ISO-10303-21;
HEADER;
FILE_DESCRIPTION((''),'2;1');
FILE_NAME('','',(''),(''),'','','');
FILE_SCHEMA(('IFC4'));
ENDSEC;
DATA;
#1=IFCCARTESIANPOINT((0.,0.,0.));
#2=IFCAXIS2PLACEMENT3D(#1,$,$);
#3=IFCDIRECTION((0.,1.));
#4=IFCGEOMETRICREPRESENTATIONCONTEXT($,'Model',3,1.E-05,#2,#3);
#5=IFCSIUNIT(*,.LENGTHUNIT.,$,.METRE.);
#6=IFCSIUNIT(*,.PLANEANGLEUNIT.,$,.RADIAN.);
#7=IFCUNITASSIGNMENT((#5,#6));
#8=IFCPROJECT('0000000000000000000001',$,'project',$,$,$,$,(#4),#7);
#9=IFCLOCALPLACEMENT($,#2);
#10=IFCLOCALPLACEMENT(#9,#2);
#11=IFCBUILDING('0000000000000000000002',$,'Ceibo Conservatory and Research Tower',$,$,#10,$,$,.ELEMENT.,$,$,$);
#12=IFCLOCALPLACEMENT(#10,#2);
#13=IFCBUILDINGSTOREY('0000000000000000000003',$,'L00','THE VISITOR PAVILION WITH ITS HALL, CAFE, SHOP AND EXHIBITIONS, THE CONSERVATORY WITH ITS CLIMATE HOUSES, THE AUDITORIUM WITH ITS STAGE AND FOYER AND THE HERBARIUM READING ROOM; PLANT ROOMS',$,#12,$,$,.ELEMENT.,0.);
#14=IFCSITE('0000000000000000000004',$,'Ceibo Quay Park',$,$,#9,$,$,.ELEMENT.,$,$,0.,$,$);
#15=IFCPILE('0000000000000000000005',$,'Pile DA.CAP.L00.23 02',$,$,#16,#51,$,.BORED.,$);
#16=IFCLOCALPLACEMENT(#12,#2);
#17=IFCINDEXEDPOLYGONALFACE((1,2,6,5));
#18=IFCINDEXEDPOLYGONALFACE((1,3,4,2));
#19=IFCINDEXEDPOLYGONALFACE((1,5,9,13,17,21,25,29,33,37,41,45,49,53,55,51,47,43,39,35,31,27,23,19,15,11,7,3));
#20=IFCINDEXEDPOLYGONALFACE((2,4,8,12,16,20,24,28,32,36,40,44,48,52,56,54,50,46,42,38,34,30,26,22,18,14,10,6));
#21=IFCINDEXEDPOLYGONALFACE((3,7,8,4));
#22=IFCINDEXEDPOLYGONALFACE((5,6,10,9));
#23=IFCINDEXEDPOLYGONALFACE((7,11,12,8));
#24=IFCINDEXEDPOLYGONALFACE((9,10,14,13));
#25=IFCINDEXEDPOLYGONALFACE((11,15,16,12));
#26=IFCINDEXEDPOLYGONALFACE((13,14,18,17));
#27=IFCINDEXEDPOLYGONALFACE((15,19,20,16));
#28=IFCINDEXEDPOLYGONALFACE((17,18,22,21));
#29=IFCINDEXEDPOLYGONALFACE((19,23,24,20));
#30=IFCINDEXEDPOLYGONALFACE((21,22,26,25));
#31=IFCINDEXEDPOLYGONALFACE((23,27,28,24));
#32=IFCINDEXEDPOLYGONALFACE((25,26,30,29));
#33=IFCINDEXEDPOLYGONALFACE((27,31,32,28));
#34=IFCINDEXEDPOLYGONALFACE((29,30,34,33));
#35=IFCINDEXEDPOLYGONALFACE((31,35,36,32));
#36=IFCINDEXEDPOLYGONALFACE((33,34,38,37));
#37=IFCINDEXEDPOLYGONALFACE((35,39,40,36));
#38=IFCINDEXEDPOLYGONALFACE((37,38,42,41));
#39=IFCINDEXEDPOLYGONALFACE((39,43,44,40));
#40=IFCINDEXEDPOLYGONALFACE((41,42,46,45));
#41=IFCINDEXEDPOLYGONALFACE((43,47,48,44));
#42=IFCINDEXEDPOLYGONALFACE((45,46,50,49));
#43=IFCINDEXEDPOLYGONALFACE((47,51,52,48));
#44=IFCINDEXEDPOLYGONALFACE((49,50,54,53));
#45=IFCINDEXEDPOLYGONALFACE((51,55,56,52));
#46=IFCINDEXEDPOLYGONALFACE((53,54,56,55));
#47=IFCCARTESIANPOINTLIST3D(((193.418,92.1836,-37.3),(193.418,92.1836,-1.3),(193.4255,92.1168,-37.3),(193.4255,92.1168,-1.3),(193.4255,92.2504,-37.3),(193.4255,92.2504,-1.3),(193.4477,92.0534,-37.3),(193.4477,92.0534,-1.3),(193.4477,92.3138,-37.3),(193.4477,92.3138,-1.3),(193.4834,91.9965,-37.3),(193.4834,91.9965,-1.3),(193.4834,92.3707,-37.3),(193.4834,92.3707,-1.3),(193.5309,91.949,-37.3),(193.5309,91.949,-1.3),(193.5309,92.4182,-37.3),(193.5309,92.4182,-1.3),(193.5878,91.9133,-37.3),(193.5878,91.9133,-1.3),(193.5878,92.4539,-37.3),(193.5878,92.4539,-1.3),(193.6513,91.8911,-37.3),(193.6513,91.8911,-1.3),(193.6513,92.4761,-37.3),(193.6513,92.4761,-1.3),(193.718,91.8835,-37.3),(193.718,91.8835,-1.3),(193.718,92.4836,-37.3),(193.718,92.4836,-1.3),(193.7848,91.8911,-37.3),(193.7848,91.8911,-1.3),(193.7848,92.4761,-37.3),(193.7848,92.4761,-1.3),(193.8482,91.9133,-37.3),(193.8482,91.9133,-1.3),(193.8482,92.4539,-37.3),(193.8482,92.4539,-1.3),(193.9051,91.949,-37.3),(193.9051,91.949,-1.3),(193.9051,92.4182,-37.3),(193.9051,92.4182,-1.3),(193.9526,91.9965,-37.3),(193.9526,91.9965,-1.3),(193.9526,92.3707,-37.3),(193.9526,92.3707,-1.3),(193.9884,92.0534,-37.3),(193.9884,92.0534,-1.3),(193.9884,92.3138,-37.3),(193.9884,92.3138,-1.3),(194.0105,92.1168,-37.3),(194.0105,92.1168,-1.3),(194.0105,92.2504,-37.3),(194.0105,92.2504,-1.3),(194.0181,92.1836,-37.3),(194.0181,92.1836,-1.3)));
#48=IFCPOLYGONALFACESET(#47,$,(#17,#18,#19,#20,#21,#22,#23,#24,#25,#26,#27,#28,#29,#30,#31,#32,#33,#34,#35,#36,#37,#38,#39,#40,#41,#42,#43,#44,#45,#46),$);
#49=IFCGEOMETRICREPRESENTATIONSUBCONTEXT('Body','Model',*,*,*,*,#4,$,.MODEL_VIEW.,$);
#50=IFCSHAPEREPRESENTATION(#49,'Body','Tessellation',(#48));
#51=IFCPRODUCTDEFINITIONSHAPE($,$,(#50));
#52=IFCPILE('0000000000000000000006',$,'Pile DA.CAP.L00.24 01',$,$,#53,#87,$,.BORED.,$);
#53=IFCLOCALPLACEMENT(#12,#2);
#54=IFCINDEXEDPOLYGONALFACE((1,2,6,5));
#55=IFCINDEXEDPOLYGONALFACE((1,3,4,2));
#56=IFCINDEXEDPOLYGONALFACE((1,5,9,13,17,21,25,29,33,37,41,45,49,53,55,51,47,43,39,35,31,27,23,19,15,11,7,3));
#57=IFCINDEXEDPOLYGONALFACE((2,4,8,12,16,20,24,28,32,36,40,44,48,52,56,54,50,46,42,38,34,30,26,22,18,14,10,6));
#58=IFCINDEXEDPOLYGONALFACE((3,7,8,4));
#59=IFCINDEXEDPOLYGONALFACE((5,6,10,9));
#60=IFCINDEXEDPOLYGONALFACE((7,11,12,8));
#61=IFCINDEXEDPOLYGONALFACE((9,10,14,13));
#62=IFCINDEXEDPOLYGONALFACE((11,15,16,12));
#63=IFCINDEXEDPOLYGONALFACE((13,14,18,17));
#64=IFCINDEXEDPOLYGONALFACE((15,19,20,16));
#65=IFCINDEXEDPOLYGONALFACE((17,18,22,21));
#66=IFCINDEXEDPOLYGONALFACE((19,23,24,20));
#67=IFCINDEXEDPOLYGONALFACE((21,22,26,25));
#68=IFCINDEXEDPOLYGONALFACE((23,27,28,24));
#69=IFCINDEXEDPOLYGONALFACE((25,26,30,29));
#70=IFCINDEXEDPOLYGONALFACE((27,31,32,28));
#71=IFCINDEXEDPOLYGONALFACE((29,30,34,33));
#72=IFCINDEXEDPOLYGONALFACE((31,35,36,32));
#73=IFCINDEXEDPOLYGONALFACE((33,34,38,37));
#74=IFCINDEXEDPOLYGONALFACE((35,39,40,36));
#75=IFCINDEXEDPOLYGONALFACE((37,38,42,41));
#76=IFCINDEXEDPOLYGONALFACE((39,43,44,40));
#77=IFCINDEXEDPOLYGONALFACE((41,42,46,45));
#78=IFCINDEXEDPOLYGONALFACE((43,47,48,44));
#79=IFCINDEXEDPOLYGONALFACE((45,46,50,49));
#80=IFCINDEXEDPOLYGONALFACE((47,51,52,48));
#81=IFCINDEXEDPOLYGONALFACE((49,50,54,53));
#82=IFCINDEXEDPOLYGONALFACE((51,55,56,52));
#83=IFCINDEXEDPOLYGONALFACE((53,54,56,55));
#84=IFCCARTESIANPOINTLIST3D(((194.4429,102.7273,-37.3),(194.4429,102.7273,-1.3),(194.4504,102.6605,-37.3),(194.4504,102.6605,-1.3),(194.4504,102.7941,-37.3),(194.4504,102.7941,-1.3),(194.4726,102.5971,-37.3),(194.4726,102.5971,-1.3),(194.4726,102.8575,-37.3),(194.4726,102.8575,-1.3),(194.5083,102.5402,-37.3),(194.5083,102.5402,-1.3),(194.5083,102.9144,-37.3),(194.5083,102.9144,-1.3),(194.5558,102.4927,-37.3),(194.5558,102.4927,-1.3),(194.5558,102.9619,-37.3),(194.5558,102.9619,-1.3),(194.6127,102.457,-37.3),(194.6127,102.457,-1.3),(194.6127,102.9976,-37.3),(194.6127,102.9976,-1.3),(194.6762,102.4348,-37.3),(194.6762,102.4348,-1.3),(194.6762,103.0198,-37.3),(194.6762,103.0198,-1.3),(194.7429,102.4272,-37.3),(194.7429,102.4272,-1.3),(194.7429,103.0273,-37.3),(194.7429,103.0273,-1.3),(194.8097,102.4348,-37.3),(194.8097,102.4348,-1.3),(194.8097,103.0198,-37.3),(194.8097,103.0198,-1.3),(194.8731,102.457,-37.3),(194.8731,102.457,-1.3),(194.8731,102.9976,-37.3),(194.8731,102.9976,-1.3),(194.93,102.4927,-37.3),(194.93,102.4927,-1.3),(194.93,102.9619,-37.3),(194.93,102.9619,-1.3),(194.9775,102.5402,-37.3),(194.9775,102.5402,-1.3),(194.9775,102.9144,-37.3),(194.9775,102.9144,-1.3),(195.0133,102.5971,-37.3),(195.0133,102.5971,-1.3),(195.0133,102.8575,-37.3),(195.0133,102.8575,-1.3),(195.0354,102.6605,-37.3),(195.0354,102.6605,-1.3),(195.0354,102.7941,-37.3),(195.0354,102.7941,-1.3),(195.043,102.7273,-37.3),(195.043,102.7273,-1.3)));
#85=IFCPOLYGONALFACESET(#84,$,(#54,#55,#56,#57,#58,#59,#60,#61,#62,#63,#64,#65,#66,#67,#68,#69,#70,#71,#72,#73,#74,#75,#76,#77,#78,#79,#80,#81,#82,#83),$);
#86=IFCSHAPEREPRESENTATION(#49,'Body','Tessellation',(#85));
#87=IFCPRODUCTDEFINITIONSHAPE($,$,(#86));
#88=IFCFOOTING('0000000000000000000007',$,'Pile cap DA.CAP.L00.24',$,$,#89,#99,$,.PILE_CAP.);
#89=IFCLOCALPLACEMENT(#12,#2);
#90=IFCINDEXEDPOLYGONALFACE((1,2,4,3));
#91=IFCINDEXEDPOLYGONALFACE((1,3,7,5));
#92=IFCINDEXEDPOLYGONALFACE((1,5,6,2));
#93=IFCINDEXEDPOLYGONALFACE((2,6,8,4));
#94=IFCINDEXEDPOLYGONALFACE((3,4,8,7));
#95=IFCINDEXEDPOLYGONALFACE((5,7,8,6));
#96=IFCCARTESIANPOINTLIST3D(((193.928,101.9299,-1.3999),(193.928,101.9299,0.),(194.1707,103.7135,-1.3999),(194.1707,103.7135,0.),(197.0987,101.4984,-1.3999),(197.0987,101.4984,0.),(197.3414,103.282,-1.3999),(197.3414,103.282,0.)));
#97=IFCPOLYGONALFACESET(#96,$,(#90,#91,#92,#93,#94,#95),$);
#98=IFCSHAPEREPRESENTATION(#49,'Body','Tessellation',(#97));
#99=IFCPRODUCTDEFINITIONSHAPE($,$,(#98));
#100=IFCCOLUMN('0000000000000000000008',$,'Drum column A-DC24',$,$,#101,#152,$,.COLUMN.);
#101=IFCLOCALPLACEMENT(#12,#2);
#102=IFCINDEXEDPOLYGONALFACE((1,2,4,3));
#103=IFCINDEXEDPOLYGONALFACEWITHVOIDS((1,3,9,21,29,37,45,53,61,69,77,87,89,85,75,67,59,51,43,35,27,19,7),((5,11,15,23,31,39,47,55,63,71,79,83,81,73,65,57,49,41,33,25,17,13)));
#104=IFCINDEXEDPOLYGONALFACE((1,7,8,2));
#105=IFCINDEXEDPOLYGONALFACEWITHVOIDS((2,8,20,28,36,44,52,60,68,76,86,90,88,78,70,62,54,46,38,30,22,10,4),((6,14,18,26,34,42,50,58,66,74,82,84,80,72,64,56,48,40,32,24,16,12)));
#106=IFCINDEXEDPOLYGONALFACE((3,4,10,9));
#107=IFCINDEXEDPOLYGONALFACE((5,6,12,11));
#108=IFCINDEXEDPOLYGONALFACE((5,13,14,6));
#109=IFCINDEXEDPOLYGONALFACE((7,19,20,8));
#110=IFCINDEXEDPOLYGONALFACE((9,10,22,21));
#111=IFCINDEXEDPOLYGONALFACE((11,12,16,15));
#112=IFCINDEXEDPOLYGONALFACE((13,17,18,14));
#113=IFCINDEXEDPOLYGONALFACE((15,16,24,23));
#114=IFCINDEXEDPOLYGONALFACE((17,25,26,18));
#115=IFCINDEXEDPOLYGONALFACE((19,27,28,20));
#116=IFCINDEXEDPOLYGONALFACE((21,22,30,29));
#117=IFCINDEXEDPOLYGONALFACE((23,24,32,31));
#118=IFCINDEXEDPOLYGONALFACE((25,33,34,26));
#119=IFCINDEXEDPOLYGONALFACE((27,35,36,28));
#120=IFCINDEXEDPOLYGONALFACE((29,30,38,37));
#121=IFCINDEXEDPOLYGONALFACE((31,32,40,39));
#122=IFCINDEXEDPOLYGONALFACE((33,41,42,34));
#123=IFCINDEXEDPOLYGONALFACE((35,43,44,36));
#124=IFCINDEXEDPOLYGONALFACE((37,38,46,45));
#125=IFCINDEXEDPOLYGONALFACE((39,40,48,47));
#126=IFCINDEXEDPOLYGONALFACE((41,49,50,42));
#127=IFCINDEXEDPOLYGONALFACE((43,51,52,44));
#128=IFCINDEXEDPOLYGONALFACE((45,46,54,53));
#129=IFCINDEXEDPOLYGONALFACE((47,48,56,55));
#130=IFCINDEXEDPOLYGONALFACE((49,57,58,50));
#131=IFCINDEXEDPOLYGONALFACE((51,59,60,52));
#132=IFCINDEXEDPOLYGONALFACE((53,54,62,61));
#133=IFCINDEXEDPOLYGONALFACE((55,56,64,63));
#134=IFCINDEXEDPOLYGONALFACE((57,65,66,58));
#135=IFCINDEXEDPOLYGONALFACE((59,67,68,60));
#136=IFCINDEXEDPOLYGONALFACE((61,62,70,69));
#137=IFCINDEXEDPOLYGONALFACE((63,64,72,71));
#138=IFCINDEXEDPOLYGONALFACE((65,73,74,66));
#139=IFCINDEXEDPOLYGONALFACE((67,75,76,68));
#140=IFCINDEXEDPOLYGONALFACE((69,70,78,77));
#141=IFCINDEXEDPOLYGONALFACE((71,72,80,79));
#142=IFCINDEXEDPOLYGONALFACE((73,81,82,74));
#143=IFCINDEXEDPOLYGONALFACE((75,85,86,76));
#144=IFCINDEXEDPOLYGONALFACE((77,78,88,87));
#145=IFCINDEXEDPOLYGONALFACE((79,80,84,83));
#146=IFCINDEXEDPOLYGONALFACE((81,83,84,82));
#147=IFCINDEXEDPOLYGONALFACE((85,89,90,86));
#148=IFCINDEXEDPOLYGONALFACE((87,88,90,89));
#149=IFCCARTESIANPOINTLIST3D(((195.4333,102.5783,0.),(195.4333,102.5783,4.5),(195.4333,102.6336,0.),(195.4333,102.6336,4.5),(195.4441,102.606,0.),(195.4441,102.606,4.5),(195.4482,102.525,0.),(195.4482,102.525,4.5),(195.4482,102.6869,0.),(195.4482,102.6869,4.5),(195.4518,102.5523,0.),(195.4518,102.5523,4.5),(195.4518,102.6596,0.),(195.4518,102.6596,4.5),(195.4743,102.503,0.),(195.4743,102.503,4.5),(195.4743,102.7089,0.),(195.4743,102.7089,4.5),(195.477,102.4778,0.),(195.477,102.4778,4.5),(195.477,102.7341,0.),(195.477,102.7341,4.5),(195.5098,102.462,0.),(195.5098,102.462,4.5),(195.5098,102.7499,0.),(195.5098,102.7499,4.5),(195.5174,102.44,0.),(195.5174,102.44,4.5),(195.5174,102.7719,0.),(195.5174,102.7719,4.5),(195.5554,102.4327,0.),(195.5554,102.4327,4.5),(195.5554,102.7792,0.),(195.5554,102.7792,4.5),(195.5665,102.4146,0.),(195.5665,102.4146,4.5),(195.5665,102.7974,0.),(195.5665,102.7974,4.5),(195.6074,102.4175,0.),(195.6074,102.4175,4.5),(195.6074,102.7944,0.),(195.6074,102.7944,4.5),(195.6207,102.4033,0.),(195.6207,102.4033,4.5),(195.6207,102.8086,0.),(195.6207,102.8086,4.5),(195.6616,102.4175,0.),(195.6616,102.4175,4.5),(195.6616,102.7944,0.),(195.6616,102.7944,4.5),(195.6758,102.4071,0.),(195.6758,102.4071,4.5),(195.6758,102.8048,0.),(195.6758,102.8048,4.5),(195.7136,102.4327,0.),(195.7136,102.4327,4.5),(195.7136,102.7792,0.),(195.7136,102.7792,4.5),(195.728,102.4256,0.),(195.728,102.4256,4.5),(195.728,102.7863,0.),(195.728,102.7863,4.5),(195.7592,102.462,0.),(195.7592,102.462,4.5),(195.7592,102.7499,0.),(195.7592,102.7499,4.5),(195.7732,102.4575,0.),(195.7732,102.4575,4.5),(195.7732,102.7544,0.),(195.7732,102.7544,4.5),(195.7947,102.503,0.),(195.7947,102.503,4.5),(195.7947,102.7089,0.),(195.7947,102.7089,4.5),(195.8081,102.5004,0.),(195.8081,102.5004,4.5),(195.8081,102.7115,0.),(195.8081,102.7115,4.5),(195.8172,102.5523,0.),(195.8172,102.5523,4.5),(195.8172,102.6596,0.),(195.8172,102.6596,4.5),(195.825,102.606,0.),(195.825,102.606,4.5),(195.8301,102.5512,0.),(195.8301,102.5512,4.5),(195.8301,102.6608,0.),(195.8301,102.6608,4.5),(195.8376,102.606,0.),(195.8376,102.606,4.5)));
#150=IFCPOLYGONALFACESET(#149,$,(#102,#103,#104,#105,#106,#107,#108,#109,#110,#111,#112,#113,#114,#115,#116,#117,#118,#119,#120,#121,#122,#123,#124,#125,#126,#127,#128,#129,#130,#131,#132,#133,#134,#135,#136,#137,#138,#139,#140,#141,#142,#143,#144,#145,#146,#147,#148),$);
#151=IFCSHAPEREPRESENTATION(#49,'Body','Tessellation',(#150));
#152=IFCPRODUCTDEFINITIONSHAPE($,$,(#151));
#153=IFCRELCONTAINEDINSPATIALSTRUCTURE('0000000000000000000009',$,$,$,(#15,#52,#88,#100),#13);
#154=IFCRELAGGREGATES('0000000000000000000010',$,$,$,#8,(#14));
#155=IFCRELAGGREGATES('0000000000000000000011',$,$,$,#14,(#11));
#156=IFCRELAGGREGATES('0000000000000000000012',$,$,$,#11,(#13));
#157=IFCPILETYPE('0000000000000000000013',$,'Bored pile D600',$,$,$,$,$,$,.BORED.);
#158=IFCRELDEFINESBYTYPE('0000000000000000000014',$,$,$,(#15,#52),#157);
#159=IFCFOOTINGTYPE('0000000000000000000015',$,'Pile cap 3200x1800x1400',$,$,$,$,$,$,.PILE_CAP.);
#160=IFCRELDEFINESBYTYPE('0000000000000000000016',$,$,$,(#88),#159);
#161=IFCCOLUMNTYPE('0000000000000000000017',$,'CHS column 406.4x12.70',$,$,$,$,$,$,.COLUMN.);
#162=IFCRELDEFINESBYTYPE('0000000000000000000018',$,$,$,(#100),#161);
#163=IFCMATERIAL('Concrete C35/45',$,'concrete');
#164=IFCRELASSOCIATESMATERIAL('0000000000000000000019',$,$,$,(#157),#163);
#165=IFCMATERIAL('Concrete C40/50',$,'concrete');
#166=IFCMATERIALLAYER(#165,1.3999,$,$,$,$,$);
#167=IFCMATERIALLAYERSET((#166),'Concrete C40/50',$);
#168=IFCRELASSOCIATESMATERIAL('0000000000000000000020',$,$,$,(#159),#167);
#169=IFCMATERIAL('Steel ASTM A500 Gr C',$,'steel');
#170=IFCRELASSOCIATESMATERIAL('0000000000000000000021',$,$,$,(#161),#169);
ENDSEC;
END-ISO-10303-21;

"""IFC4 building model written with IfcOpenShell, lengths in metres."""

from ifc_helpers import new_model, si_unit, direction, frame, origin, origin_2d, place, context, subcontext, project, spatial, polyline, circle, hollow_circle, outline, extrude, material, layer, layer_set, material_profile, profile_set, type_object, element, save


model = new_model("IFC4")

# Units and contexts
model_context = context("Model", 3, precision=1e-05, world=origin(), true_north=direction((0.0, 1.0)))
body_context = subcontext(model_context, "Body", "Model", "MODEL_VIEW")
ifc_project = project(units=[si_unit("LENGTHUNIT", "METRE"), si_unit("PLANEANGLEUNIT", "RADIAN")], contexts=[model_context])

# Site, building, storey
site_placement = place(None, origin())
site = spatial("IfcSite", under=ifc_project, at=site_placement, Name="Ceibo Quay Park", CompositionType="ELEMENT", RefElevation=0.0)
building_placement = place(site_placement, origin())
building = spatial("IfcBuilding", under=site, at=building_placement, Name="Ceibo Conservatory and Research Tower", CompositionType="ELEMENT")
storey_placement = place(building_placement, origin())
storey = spatial("IfcBuildingStorey", under=building, at=storey_placement, Name="L00", Description="THE VISITOR PAVILION WITH ITS HALL, CAFE, SHOP AND EXHIBITIONS, THE CONSERVATORY WITH ITS CLIMATE HOUSES, THE AUDITORIUM WITH ITS STAGE AND FOYER AND THE HERBARIUM READING ROOM; PLANT ROOMS", CompositionType="ELEMENT", Elevation=0.0)

# Piles
ifc_material_1 = material(Name="Concrete C35/45", Category="concrete")
ifc_material_profile_1 = material_profile(ifc_material_1, circle(Radius=0.3, at=origin_2d()), Name="RC D600")
ifc_profile_set_1 = profile_set([ifc_material_profile_1], Name="Concrete C35/45")
pile_type = type_object("IfcPileType", Name="Bored pile D600", PredefinedType="BORED", material=ifc_profile_set_1)
for number, where, z_axis, x_axis, name in (
    (1, (193.718, 92.1836, -1.3), (0.0, 0.0, -1.0), (1.0, 0.0, 0.0), "Pile DA.CAP.L00.23 02"),
    (2, (194.7429, 102.7273, -1.3), (0.0, 0.0, -1.0), (1.0, 0.0, 0.0), "Pile DA.CAP.L00.24 01"),
):
    element("IfcPile", number, at=place(storey_placement, frame(where, z_axis=z_axis, x_axis=x_axis)), inside=storey, type_object=pile_type, Name=name, PredefinedType="BORED", context=body_context, shape_type="SweptSolid", body=[
        extrude(circle(Radius=0.3, at=origin_2d()), origin(), (0.0, 0.0, 1.0), 36.0),
    ])

# Footing
ifc_material_2 = material(Name="Concrete C40/50", Category="concrete")
ifc_layer_1 = layer(ifc_material_2, 1.3999)
ifc_layer_set_1 = layer_set([ifc_layer_1], Name="Concrete C40/50")
footing_type = type_object("IfcFootingType", Name="Pile cap 3200x1800x1400", PredefinedType="PILE_CAP", material=ifc_layer_set_1)
footing_placement = place(storey_placement, frame((193.928, 101.9299, -1.3999), z_axis=(0.0, 0.0, 1.0), x_axis=(0.990866, -0.134851, 0.0)))
element("IfcFooting", 3, at=footing_placement, inside=storey, type_object=footing_type, Name="Pile cap DA.CAP.L00.24", PredefinedType="PILE_CAP", context=body_context, shape_type="SweptSolid", body=[
    extrude(outline(polyline([(0.0, 0.0), (3.2, 0.0), (3.2, 1.8), (0.0, 1.8), (0.0, 0.0)])), origin(), (0.0, 0.0, 1.0), 1.3999),
])

# Column
ifc_material_3 = material(Name="Steel ASTM A500 Gr C", Category="steel")
ifc_material_profile_2 = material_profile(ifc_material_3, hollow_circle(Radius=0.2031, WallThickness=0.0127, at=origin_2d()), Name="CHS column 406.4x12.70")
ifc_profile_set_2 = profile_set([ifc_material_profile_2], Name="Steel ASTM A500 Gr C")
column_type = type_object("IfcColumnType", Name="CHS column 406.4x12.70", PredefinedType="COLUMN", material=ifc_profile_set_2)
column_placement = place(storey_placement, frame((195.6345, 102.606, 0.0), z_axis=(0.0, 0.0, 1.0), x_axis=(1.0, 0.0, 0.0)))
element("IfcColumn", 4, at=column_placement, inside=storey, type_object=column_type, Name="Drum column A-DC24", PredefinedType="COLUMN", context=body_context, shape_type="SweptSolid", body=[
    extrude(hollow_circle(Radius=0.2031, WallThickness=0.0127, at=origin_2d()), origin(), (0.0, 0.0, 1.0), 4.5),
])

save(model, "model.ifc")
